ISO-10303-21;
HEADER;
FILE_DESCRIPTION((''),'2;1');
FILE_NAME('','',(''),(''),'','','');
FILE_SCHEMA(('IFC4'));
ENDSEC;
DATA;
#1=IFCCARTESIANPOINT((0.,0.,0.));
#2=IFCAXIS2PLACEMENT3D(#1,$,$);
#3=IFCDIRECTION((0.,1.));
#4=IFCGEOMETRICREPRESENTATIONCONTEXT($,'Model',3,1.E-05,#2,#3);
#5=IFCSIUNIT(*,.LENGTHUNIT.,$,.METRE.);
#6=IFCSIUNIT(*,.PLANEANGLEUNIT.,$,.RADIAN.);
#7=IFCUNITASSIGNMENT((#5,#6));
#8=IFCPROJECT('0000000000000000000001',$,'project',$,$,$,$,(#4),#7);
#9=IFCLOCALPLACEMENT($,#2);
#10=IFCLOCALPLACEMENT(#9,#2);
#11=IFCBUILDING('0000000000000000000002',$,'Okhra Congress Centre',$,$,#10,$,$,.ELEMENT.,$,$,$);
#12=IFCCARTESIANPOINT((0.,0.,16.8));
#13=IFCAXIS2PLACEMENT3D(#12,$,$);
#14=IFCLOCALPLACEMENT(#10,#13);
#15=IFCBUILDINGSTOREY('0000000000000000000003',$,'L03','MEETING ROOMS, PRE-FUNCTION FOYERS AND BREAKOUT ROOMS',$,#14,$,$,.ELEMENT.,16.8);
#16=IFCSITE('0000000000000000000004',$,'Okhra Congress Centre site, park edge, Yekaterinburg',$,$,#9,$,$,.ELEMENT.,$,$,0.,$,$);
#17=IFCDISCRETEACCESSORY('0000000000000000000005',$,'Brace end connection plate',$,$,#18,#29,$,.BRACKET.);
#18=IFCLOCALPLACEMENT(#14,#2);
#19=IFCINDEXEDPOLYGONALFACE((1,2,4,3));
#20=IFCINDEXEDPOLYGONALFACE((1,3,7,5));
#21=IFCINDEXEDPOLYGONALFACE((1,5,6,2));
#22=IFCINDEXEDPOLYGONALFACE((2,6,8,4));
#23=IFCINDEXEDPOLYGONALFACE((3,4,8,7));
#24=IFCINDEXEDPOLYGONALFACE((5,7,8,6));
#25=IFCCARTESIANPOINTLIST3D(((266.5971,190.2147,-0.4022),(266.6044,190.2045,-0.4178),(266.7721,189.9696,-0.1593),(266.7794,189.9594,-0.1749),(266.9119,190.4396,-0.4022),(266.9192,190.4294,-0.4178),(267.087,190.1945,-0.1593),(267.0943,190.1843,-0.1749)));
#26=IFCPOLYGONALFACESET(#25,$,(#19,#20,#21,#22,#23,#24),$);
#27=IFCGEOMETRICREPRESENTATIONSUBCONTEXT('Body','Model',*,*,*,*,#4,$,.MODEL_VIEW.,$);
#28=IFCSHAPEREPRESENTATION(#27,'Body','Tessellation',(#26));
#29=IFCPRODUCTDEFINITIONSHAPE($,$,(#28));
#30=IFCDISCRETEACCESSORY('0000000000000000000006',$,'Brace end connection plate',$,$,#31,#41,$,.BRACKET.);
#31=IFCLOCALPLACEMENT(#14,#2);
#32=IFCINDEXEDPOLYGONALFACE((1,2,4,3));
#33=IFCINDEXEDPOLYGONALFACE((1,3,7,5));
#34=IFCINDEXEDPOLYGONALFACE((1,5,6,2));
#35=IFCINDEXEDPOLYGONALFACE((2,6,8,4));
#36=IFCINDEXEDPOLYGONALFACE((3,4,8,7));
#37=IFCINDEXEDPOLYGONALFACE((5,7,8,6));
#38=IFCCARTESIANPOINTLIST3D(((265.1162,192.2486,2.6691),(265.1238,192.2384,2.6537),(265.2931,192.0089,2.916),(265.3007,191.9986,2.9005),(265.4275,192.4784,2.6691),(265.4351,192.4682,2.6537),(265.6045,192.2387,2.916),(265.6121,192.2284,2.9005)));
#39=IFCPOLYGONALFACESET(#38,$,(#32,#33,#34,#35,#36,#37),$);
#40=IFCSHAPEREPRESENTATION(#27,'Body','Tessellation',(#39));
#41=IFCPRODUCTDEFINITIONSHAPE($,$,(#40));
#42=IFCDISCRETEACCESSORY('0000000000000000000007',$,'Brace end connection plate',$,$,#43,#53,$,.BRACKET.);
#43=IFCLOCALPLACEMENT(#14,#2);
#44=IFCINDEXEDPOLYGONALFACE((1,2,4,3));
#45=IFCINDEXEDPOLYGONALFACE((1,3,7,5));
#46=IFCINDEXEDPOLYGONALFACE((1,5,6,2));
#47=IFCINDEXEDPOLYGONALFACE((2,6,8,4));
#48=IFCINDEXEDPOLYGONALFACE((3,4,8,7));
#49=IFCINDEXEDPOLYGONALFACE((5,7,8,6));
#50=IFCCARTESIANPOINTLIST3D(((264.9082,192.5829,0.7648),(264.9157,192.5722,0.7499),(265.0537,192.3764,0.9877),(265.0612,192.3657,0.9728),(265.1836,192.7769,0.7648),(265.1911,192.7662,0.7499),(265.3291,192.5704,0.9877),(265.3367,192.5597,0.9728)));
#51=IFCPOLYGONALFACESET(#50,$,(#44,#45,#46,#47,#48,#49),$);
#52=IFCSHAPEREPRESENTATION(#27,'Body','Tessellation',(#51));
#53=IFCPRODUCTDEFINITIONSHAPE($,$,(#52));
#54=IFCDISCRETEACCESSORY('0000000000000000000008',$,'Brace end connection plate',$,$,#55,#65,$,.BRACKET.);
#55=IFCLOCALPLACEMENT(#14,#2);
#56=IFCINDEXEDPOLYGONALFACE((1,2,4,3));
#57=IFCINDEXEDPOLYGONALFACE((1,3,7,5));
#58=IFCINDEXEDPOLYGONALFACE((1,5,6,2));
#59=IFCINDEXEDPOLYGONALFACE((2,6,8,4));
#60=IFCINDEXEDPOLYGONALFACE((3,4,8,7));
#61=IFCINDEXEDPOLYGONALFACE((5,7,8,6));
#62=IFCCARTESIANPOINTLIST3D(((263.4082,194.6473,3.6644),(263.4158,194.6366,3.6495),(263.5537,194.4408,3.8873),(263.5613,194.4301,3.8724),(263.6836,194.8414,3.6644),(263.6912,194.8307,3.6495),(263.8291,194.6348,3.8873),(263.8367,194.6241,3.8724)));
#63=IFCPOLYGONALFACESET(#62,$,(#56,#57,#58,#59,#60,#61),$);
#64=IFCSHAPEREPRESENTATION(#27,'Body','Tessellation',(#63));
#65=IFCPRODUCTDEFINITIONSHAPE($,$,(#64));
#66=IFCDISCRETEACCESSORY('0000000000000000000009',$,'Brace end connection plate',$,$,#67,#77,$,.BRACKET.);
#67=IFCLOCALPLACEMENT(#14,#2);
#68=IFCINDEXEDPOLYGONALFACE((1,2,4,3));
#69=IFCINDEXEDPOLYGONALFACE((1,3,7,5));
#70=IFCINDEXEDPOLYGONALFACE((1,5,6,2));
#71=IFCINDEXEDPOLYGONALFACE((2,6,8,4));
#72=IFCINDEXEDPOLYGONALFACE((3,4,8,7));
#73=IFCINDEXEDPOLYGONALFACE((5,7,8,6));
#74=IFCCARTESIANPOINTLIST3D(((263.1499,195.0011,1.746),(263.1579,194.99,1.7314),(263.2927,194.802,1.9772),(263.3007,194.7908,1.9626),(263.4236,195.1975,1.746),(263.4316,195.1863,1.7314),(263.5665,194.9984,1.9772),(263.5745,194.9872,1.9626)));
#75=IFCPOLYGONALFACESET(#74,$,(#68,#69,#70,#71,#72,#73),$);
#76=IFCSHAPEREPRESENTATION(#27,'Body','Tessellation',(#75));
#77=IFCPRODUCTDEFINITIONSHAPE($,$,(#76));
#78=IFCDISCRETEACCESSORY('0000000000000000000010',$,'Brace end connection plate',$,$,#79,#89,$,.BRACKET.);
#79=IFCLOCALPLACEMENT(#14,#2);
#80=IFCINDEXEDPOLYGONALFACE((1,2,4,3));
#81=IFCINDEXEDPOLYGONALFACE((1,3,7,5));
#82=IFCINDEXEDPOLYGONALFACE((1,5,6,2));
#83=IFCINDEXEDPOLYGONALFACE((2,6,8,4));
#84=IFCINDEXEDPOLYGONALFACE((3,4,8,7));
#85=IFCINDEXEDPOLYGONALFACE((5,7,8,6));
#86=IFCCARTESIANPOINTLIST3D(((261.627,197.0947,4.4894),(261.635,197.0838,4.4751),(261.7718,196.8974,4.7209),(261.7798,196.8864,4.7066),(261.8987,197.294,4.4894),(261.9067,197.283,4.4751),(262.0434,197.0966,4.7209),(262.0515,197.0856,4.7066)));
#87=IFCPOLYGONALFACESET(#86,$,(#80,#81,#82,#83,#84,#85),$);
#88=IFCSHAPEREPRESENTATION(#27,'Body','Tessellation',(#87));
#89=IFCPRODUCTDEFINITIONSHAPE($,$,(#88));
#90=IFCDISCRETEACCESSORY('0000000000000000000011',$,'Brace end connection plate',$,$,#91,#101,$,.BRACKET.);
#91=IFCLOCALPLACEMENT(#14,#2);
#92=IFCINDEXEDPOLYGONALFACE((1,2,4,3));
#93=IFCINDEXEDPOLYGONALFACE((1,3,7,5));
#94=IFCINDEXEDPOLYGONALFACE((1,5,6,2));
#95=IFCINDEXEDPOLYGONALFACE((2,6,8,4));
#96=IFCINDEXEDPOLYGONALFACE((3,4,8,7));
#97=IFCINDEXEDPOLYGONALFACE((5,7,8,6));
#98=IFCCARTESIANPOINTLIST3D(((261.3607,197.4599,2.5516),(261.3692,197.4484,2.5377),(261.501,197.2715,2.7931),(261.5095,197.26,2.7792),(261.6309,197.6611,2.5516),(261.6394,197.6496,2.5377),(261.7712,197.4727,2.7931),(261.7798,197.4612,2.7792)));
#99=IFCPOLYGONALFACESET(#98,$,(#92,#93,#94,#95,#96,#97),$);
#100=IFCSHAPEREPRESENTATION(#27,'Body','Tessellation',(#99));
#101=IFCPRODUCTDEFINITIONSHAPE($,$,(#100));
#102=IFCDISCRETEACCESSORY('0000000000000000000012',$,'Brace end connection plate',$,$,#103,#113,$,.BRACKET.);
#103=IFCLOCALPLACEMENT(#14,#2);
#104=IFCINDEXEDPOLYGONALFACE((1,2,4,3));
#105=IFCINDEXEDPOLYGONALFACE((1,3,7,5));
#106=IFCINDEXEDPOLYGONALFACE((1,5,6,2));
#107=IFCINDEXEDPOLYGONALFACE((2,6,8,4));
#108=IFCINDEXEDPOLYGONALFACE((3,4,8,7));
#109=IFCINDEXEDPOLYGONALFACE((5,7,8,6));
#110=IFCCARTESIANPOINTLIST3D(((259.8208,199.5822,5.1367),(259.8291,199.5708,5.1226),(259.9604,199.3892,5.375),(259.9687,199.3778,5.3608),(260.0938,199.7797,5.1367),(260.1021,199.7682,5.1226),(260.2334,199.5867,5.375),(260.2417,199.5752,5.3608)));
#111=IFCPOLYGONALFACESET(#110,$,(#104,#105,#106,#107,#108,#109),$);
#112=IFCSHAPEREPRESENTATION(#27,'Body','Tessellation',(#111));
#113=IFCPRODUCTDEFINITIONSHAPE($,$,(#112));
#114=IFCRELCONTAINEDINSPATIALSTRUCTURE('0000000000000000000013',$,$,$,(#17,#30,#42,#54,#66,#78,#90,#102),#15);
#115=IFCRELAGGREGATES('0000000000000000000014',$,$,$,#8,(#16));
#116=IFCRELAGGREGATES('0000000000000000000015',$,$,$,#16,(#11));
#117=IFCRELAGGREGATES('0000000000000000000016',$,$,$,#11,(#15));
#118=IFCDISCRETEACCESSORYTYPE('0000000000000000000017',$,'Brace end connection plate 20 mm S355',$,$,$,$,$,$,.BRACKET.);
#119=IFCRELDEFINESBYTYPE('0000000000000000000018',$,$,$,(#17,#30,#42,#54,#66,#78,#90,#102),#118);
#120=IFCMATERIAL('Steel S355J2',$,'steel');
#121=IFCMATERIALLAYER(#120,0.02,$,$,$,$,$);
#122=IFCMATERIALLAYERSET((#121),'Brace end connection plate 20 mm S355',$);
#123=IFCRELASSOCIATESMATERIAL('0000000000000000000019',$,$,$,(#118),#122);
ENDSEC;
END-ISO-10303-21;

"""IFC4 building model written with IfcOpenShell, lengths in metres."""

from ifc_helpers import new_model, si_unit, direction, frame, origin, origin_2d, place, context, subcontext, project, spatial, rectangle, extrude, material, layer, layer_set, type_object, element, save


model = new_model("IFC4")

# Units and contexts
model_context = context("Model", 3, precision=1e-05, world=origin(), true_north=direction((0.0, 1.0)))
body_context = subcontext(model_context, "Body", "Model", "MODEL_VIEW")
ifc_project = project(units=[si_unit("LENGTHUNIT", "METRE"), si_unit("PLANEANGLEUNIT", "RADIAN")], contexts=[model_context])

# Site, building, storey
site_placement = place(None, origin())
site = spatial("IfcSite", under=ifc_project, at=site_placement, Name="Okhra Congress Centre site, park edge, Yekaterinburg", CompositionType="ELEMENT", RefElevation=0.0)
building_placement = place(site_placement, origin())
building = spatial("IfcBuilding", under=site, at=building_placement, Name="Okhra Congress Centre", CompositionType="ELEMENT")
storey_placement = place(building_placement, frame((0.0, 0.0, 16.8)))
storey = spatial("IfcBuildingStorey", under=building, at=storey_placement, Name="L03", Description="MEETING ROOMS, PRE-FUNCTION FOYERS AND BREAKOUT ROOMS", CompositionType="ELEMENT", Elevation=16.8)

# Shared definitions
ifc_material_1 = material(Name="Steel S355J2", Category="steel")

# Discrete accessories
ifc_layer = layer(ifc_material_1, 0.02)
ifc_layer_set = layer_set([ifc_layer], Name="Brace end connection plate 20 mm S355")
discrete_accessory_type = type_object("IfcDiscreteAccessoryType", Name="Brace end connection plate 20 mm S355", PredefinedType="BRACKET", material=ifc_layer_set)
for number, where, z_axis, x_axis, name in (
    (1, (266.842, 190.2046, -0.2808), (0.364878, -0.510829, -0.778407), (0.813733, 0.581238, 0.0), "Brace end connection plate"),
    (2, (265.3679, 192.2334, 2.7771), (-0.378895, 0.513342, 0.770012), (-0.804574, -0.593852, 0.0), "Brace end connection plate"),
):
    element("IfcDiscreteAccessory", number, at=place(storey_placement, frame(where, z_axis=z_axis, x_axis=x_axis)), inside=storey, type_object=discrete_accessory_type, Name=name, PredefinedType="BRACKET", context=body_context, shape_type="SweptSolid", body=[
        extrude(rectangle(XDim=0.387, YDim=0.387, at=origin_2d()), origin(), (0.0, 0.0, 1.0), 0.02),
    ])
for number, where, z_axis, x_axis, name in (
    (3, (265.1187, 192.5767, 0.8762), (0.381064, -0.540866, -0.749836), (0.817482, 0.575954, 0.0), "Brace end connection plate"),
    (4, (263.6262, 194.6304, 3.761), (-0.381064, 0.540866, 0.749836), (-0.817482, -0.575954, 0.0), "Brace end connection plate"),
):
    element("IfcDiscreteAccessory", number, at=place(storey_placement, frame(where, z_axis=z_axis, x_axis=x_axis)), inside=storey, type_object=discrete_accessory_type, Name=name, PredefinedType="BRACKET", context=body_context, shape_type="SweptSolid", body=[
        extrude(rectangle(XDim=0.3369, YDim=0.3369, at=origin_2d()), origin(), (0.0, 0.0, 1.0), 0.0198),
    ])
discrete_accessory_1_placement = place(storey_placement, frame((263.3582, 194.9998, 1.8616), z_axis=(0.400037, -0.557627, -0.72734), x_axis=(0.812538, 0.582908, 0.0)))
element("IfcDiscreteAccessory", 5, at=discrete_accessory_1_placement, inside=storey, type_object=discrete_accessory_type, Name="Brace end connection plate", PredefinedType="BRACKET", context=body_context, shape_type="SweptSolid", body=[
    extrude(rectangle(XDim=0.3369, YDim=0.3369, at=origin_2d()), origin(), (0.0, 0.0, 1.0), 0.02),
])
discrete_accessory_2_placement = place(storey_placement, frame((261.8433, 197.0847, 4.5908), z_axis=(-0.406356, 0.554122, 0.726515), x_axis=(-0.806405, -0.591364, 0.0)))
element("IfcDiscreteAccessory", 6, at=discrete_accessory_2_placement, inside=storey, type_object=discrete_accessory_type, Name="Brace end connection plate", PredefinedType="BRACKET", context=body_context, shape_type="SweptSolid", body=[
    extrude(rectangle(XDim=0.3369, YDim=0.3369, at=origin_2d()), origin(), (0.0, 0.0, 1.0), 0.0198),
])
for number, where, z_axis, x_axis, name in (
    (7, (261.5659, 197.4663, 2.6724), (0.428137, -0.574926, -0.697251), (0.802043, 0.597266, 0.0), "Brace end connection plate"),
    (8, (260.0354, 199.573, 5.2417), (-0.41448, 0.572958, 0.707054), (-0.810224, -0.58612, 0.0), "Brace end connection plate"),
):
    element("IfcDiscreteAccessory", number, at=place(storey_placement, frame(where, z_axis=z_axis, x_axis=x_axis)), inside=storey, type_object=discrete_accessory_type, Name=name, PredefinedType="BRACKET", context=body_context, shape_type="SweptSolid", body=[
        extrude(rectangle(XDim=0.3369, YDim=0.3369, at=origin_2d()), origin(), (0.0, 0.0, 1.0), 0.02),
    ])

save(model, "model.ifc")
